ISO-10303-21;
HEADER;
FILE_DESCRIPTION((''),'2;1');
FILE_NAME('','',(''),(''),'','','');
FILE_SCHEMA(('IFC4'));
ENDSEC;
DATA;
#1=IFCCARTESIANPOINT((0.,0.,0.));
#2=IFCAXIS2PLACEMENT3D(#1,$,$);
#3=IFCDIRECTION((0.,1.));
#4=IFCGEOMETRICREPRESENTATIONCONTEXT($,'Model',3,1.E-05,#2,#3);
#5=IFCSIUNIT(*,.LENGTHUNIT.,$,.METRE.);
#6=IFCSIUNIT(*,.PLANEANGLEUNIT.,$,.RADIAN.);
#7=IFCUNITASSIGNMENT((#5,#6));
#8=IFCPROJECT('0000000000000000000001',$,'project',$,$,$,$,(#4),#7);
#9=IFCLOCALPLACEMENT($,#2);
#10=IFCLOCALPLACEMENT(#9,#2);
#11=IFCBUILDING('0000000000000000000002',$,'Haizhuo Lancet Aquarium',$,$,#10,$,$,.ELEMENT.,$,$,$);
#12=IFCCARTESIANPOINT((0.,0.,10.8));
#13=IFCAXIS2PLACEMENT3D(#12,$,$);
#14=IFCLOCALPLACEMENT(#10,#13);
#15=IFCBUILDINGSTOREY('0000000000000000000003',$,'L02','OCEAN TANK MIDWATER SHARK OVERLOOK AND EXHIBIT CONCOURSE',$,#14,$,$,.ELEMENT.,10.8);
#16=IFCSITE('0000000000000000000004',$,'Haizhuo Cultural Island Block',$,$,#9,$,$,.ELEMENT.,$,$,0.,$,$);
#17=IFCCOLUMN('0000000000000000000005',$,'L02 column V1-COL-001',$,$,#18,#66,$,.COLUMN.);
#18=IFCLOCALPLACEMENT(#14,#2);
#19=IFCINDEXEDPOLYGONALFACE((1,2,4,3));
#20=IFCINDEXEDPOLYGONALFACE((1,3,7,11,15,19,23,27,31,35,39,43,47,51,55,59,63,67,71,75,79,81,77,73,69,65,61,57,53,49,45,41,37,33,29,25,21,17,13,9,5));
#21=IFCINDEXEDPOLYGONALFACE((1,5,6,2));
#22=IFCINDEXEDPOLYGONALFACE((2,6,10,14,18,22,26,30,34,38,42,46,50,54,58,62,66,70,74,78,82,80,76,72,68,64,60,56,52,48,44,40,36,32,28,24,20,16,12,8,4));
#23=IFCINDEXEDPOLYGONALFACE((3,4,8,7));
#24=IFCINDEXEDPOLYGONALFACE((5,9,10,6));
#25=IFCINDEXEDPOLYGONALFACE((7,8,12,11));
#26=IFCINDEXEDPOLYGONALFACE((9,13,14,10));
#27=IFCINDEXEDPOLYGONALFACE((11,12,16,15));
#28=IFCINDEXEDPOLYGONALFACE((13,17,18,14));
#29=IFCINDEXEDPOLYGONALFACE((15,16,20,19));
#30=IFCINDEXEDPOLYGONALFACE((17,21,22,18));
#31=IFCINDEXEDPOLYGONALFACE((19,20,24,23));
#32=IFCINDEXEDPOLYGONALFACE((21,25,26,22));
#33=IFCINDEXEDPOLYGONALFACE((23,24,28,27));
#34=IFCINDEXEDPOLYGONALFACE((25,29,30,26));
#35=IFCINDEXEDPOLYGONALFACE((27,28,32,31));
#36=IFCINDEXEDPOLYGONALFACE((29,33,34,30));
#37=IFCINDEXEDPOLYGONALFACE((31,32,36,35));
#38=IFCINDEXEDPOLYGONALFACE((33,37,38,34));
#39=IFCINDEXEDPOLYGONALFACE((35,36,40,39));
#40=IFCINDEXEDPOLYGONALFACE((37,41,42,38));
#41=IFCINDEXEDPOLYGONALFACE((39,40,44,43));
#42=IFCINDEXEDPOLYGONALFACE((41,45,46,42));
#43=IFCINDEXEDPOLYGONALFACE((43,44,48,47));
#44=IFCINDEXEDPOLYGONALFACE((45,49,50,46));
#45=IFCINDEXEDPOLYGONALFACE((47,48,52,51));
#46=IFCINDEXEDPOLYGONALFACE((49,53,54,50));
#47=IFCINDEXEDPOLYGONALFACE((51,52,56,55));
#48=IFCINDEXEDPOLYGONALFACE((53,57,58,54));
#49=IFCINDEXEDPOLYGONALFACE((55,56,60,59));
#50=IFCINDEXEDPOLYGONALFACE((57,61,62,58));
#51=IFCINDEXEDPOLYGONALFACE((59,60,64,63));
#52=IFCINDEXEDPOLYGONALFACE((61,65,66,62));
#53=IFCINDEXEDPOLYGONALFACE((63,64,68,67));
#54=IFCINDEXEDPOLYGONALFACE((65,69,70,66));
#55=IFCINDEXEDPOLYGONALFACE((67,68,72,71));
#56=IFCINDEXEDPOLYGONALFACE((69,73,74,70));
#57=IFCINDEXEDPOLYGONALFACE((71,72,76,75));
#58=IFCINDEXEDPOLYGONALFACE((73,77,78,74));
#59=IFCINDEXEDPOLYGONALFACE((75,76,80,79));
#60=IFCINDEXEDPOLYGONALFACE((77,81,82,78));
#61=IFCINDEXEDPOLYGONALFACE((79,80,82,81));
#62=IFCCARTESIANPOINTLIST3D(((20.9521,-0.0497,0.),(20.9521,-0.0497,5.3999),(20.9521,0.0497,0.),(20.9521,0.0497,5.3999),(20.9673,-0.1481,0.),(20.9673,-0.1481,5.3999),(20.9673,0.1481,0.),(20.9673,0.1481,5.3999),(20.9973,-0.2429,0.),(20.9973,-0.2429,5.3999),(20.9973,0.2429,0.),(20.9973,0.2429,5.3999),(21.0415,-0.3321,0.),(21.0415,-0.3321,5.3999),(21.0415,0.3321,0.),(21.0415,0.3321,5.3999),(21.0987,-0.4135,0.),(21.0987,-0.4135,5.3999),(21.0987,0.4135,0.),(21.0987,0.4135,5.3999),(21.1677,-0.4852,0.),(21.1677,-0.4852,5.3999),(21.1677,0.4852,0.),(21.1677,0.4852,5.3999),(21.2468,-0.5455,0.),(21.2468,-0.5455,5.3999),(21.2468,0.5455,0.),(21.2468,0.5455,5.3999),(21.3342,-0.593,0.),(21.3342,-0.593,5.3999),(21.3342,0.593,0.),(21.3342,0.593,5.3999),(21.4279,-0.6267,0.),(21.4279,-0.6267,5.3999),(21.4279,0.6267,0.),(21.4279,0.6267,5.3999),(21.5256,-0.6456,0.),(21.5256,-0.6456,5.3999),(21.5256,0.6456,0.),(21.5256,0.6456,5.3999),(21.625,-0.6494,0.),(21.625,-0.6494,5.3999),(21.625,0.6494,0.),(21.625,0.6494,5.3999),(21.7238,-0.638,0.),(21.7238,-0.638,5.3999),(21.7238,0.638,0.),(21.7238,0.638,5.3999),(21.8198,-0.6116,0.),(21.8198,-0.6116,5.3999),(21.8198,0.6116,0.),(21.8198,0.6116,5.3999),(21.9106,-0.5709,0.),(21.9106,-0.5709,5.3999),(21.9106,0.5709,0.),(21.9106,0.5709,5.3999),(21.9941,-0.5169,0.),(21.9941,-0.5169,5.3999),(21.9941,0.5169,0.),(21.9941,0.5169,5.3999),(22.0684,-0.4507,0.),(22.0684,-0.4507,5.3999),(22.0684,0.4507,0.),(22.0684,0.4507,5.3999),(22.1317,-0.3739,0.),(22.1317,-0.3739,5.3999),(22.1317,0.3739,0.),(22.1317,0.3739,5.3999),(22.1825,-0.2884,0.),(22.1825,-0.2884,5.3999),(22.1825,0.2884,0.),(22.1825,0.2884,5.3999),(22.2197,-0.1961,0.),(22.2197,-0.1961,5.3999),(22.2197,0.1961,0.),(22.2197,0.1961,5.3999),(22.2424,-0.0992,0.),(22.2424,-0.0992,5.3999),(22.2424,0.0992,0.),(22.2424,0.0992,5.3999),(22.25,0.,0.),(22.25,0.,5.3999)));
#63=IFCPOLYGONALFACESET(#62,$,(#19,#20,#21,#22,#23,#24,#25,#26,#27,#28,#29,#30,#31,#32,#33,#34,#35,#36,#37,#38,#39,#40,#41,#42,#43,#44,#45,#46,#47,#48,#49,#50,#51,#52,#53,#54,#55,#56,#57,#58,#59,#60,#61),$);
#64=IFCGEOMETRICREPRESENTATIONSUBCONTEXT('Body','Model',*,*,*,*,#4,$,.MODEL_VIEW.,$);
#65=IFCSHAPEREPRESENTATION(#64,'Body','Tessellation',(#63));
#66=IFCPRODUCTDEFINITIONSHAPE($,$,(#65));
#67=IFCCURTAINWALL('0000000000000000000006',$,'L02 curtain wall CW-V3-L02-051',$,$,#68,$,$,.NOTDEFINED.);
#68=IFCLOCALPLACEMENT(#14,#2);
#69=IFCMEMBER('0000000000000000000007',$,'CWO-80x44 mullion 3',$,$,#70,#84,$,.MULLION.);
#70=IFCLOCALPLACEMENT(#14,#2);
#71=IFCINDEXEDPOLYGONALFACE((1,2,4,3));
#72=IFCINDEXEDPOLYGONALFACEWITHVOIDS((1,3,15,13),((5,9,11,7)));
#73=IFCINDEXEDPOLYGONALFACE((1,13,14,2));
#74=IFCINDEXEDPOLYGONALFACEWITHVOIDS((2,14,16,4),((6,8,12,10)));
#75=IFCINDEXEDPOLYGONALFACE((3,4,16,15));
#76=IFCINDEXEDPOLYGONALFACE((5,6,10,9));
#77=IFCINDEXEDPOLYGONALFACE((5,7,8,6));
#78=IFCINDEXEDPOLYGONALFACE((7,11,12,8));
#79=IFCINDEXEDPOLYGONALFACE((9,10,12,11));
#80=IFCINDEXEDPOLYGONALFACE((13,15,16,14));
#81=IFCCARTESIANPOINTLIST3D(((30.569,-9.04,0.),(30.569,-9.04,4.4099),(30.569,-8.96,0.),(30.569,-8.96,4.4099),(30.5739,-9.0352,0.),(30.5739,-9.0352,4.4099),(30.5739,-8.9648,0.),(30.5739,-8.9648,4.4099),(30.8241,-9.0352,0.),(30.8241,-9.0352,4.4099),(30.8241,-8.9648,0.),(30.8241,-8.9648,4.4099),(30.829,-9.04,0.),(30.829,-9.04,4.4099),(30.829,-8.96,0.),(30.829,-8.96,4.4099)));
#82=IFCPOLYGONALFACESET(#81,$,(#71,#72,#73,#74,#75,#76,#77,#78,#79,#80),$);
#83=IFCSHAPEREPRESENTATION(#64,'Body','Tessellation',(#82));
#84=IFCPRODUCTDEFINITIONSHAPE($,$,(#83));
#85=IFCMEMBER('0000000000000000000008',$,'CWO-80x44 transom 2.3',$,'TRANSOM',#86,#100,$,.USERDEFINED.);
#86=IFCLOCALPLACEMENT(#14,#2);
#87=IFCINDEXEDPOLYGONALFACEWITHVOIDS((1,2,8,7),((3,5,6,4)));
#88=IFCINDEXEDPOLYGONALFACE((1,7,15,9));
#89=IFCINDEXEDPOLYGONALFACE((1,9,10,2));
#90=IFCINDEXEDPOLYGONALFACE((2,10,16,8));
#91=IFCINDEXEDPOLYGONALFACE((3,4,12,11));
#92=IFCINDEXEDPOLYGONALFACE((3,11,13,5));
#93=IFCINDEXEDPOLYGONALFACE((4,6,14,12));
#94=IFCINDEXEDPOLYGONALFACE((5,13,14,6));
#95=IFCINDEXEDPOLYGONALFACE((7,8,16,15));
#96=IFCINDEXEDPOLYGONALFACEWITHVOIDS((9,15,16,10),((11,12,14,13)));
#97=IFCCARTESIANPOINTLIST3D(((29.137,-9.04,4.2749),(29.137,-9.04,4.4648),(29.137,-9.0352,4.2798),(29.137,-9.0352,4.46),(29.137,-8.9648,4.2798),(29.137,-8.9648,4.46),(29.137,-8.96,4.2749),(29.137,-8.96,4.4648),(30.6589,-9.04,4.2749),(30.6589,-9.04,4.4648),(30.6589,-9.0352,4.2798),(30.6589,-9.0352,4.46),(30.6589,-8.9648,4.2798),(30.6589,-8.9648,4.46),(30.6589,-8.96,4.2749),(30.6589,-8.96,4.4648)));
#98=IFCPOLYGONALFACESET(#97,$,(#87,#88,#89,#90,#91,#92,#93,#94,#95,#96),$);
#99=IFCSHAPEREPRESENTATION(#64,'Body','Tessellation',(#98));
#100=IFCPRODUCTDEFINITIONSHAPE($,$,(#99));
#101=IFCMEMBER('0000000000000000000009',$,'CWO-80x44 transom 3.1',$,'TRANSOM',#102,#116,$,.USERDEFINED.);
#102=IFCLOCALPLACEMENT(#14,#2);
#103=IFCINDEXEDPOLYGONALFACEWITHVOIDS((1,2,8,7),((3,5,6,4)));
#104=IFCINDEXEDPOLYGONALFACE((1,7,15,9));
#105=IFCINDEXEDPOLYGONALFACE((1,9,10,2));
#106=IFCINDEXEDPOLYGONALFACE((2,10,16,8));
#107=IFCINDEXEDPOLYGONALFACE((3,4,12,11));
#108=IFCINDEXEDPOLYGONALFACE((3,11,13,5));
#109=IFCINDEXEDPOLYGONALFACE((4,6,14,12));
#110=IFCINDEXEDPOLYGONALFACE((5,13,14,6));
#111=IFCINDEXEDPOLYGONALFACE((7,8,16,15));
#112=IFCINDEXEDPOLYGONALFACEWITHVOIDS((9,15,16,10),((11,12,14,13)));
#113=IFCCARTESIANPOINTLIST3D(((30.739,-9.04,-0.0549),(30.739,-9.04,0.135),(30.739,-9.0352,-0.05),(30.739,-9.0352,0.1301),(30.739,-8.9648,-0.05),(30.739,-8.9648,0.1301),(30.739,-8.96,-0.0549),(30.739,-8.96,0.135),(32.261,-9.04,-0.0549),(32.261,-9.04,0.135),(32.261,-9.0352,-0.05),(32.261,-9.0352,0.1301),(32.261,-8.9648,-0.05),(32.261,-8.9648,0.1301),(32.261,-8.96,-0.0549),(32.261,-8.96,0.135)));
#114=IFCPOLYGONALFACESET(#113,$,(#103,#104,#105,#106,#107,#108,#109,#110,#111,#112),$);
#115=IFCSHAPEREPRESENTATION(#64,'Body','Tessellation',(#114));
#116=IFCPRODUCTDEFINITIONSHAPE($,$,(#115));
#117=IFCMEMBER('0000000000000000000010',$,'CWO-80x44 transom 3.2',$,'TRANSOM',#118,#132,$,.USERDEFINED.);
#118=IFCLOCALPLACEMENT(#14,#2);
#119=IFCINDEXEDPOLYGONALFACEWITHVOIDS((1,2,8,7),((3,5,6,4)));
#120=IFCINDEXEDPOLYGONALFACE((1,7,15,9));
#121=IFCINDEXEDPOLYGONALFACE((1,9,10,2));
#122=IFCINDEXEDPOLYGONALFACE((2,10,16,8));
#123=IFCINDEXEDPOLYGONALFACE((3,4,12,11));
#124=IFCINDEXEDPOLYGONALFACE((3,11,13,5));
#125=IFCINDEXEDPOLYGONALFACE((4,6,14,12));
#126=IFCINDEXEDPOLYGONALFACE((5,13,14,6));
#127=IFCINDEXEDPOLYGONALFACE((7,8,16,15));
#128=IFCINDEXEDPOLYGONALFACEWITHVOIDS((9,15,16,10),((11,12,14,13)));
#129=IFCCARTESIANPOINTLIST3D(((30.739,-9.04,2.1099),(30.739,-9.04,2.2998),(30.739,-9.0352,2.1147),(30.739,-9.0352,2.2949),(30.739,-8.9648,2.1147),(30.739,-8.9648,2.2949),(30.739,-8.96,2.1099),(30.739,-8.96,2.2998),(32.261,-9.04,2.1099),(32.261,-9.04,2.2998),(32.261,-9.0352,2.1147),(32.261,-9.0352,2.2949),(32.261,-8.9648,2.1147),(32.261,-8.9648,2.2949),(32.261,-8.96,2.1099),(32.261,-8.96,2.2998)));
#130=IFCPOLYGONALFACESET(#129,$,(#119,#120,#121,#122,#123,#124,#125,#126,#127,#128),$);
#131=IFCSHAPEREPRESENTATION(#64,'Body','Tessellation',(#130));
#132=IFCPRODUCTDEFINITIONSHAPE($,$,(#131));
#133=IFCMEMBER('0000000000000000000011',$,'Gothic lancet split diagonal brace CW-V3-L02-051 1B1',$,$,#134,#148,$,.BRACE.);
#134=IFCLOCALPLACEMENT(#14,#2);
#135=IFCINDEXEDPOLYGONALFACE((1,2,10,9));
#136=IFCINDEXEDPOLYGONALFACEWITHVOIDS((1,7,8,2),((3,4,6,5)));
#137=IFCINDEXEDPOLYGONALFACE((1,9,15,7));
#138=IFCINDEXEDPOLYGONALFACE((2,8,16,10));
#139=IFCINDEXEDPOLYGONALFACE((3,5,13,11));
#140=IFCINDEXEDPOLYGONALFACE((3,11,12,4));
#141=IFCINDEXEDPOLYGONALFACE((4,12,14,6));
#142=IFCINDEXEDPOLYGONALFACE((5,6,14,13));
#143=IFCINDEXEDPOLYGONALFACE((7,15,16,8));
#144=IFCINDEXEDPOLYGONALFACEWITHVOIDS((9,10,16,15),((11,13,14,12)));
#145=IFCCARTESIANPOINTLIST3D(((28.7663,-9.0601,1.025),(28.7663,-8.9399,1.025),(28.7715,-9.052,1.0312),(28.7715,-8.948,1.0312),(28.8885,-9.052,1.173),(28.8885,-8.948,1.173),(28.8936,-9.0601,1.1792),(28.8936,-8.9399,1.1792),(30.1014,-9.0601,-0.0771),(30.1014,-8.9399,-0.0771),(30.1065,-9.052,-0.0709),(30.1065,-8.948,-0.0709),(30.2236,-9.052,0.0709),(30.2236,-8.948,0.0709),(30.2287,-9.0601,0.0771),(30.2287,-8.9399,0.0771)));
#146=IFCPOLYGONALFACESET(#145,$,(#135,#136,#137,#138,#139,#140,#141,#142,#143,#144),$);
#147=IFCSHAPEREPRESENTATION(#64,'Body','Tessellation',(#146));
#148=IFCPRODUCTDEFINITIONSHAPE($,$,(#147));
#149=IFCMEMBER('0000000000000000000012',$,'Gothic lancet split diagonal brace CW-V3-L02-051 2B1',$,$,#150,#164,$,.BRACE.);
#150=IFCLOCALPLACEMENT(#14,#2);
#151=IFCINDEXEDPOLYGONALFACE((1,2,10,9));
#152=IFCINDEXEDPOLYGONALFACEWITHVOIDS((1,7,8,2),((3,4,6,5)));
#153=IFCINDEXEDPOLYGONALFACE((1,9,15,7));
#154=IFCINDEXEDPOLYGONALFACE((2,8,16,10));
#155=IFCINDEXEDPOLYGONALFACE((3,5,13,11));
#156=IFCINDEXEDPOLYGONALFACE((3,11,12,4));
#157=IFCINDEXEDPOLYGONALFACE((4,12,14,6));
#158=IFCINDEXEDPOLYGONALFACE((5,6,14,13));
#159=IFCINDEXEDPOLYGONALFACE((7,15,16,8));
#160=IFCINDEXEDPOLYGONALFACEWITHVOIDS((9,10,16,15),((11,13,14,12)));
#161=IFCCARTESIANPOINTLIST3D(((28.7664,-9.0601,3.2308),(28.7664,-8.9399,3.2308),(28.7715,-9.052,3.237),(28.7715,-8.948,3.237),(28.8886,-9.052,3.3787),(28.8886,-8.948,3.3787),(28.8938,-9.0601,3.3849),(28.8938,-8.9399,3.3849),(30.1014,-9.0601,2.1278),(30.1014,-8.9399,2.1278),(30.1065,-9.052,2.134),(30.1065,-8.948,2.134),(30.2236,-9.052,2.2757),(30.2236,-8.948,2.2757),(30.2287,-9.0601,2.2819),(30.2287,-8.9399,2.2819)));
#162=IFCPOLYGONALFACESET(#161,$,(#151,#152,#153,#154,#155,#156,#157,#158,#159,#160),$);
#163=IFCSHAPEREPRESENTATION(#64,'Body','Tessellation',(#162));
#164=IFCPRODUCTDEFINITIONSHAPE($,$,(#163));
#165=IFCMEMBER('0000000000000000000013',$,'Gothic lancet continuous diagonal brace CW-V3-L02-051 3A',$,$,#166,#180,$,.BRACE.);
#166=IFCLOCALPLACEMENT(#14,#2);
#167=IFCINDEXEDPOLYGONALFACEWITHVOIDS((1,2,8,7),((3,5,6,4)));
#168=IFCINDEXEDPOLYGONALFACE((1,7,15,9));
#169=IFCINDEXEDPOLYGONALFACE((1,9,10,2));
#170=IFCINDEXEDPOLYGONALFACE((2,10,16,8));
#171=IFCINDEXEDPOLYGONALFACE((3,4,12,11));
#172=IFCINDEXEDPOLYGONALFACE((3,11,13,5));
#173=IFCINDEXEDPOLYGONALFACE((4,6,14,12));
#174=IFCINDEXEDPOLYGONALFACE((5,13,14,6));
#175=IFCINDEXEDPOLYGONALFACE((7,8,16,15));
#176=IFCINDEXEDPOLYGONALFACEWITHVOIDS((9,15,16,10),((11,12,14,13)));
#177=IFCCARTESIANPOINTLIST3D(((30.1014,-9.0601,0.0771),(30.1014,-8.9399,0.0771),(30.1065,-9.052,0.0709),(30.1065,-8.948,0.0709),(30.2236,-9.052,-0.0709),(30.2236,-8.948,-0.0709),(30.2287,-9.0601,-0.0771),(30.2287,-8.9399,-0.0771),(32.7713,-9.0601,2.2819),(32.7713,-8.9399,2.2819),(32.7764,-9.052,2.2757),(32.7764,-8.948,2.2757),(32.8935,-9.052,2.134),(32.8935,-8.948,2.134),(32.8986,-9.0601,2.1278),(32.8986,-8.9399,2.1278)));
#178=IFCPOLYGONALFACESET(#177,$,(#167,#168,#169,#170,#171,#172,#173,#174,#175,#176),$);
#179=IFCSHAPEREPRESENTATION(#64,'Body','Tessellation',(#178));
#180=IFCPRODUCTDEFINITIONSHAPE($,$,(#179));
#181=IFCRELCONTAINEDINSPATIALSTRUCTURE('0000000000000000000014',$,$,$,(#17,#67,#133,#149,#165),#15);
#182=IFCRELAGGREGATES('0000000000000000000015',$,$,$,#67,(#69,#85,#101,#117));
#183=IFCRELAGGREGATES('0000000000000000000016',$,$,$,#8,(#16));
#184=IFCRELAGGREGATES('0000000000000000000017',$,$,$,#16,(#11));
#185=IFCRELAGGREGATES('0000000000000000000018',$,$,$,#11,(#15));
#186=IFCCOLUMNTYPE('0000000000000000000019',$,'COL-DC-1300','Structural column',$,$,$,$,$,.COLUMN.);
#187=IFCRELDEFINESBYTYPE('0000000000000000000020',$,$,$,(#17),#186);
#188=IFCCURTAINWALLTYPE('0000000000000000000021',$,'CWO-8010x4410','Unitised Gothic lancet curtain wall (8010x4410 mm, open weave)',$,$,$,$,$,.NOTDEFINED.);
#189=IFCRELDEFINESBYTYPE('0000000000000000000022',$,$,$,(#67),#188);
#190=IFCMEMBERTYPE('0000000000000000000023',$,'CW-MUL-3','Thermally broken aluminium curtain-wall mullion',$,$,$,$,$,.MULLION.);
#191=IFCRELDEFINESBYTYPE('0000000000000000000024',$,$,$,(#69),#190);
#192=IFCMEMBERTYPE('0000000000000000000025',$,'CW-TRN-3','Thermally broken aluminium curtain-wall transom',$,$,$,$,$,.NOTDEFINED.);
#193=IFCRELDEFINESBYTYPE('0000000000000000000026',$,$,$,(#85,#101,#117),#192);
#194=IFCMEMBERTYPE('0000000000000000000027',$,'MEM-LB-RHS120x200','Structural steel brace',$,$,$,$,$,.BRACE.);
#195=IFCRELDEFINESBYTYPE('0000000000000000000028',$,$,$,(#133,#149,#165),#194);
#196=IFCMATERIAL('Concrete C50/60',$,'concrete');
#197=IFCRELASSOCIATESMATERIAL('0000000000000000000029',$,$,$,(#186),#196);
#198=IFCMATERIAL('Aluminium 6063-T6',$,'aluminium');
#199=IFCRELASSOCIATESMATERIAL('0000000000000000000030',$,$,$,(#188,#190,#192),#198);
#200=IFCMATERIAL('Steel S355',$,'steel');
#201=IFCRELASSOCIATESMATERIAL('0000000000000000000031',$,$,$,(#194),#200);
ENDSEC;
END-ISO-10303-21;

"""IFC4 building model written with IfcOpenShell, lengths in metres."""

from ifc_helpers import new_model, si_unit, direction, frame, origin, origin_2d, place, context, subcontext, project, spatial, hollow_rectangle, circle, extrude, material, material_profile, profile_set, type_object, element, aggregate, save


model = new_model("IFC4")

# Units and contexts
model_context = context("Model", 3, precision=1e-05, world=origin(), true_north=direction((0.0, 1.0)))
body_context = subcontext(model_context, "Body", "Model", "MODEL_VIEW")
ifc_project = project(units=[si_unit("LENGTHUNIT", "METRE"), si_unit("PLANEANGLEUNIT", "RADIAN")], contexts=[model_context])

# Site, building, storey
site_placement = place(None, origin())
site = spatial("IfcSite", under=ifc_project, at=site_placement, Name="Haizhuo Cultural Island Block", CompositionType="ELEMENT", RefElevation=0.0)
building_placement = place(site_placement, origin())
building = spatial("IfcBuilding", under=site, at=building_placement, Name="Haizhuo Lancet Aquarium", CompositionType="ELEMENT")
storey_placement = place(building_placement, frame((0.0, 0.0, 10.8)))
storey = spatial("IfcBuildingStorey", under=building, at=storey_placement, Name="L02", Description="OCEAN TANK MIDWATER SHARK OVERLOOK AND EXHIBIT CONCOURSE", CompositionType="ELEMENT", Elevation=10.8)

# Column
ifc_material_1 = material(Name="Concrete C50/60", Category="concrete")
ifc_material_profile_1 = material_profile(ifc_material_1, circle(Radius=0.6499, at=origin_2d()), Name="RC-DC 1300")
ifc_profile_set_1 = profile_set([ifc_material_profile_1], Name="Concrete C50/60")
column_type = type_object("IfcColumnType", Name="COL-DC-1300", Description="Structural column", PredefinedType="COLUMN", material=ifc_profile_set_1)
column_placement = place(storey_placement, frame((21.6001, 0.0, 0.0), z_axis=(0.0, 0.0, 1.0), x_axis=(1.0, 0.0, 0.0)))
element("IfcColumn", 1, at=column_placement, inside=storey, type_object=column_type, Name="L02 column V1-COL-001", PredefinedType="COLUMN", context=body_context, shape_type="SweptSolid", body=[
    extrude(circle(Radius=0.6499, at=origin_2d()), origin(), (0.0, 0.0, 1.0), 5.3999),
])

# Curtain wall, members
ifc_material_2 = material(Name="Aluminium 6063-T6", Category="aluminium")
curtain_wall_type = type_object("IfcCurtainWallType", Name="CWO-8010x4410", Description="Unitised Gothic lancet curtain wall (8010x4410 mm, open weave)", PredefinedType="NOTDEFINED", material=ifc_material_2)
curtain_wall_placement = place(storey_placement, origin())
curtain_wall = element("IfcCurtainWall", 2, at=curtain_wall_placement, inside=storey, type_object=curtain_wall_type, Name="L02 curtain wall CW-V3-L02-051", PredefinedType="NOTDEFINED")
ifc_material_profile_2 = material_profile(ifc_material_2, hollow_rectangle(XDim=0.0801, YDim=0.26, WallThickness=0.0049, at=origin_2d()), Name="ALU-M 80x260x5")
ifc_profile_set_2 = profile_set([ifc_material_profile_2], Name="Aluminium 6063-T6")
member_type_1 = type_object("IfcMemberType", Name="CW-MUL-3", Description="Thermally broken aluminium curtain-wall mullion", PredefinedType="MULLION", material=ifc_profile_set_2)
member_1_placement = place(storey_placement, frame((30.699, -9.0, 0.0), z_axis=(0.0, 0.0, 1.0), x_axis=(0.0, 1.0, 0.0)))
member_1 = element("IfcMember", 3, at=member_1_placement, type_object=member_type_1, Name="CWO-80x44 mullion 3", PredefinedType="MULLION", context=body_context, shape_type="SweptSolid", body=[
    extrude(hollow_rectangle(XDim=0.0801, YDim=0.26, WallThickness=0.0049, at=origin_2d()), origin(), (0.0, 0.0, 1.0), 4.4099),
])
ifc_material_profile_3 = material_profile(ifc_material_2, hollow_rectangle(XDim=0.0801, YDim=0.1899, WallThickness=0.0049, at=origin_2d()), Name="ALU-T 80x190x5")
ifc_profile_set_3 = profile_set([ifc_material_profile_3], Name="Aluminium 6063-T6")
member_type_2 = type_object("IfcMemberType", Name="CW-TRN-3", Description="Thermally broken aluminium curtain-wall transom", PredefinedType="NOTDEFINED", material=ifc_profile_set_3)
member_2_placement = place(storey_placement, frame((29.137, -9.0, 4.3699), z_axis=(1.0, 0.0, 0.0), x_axis=(0.0, 1.0, 0.0)))
member_2 = element("IfcMember", 4, at=member_2_placement, type_object=member_type_2, Name="CWO-80x44 transom 2.3", ObjectType="TRANSOM", PredefinedType="USERDEFINED", context=body_context, shape_type="SweptSolid", body=[
    extrude(hollow_rectangle(XDim=0.0801, YDim=0.1899, WallThickness=0.0049, at=origin_2d()), origin(), (0.0, 0.0, 1.0), 1.522),
])
member_3_placement = place(storey_placement, frame((30.739, -9.0, 0.04), z_axis=(1.0, 0.0, 0.0), x_axis=(0.0, 1.0, 0.0)))
member_3 = element("IfcMember", 5, at=member_3_placement, type_object=member_type_2, Name="CWO-80x44 transom 3.1", ObjectType="TRANSOM", PredefinedType="USERDEFINED", context=body_context, shape_type="SweptSolid", body=[
    extrude(hollow_rectangle(XDim=0.0801, YDim=0.1899, WallThickness=0.0049, at=origin_2d()), origin(), (0.0, 0.0, 1.0), 1.522),
])
member_4_placement = place(storey_placement, frame((30.739, -9.0, 2.2048), z_axis=(1.0, 0.0, 0.0), x_axis=(0.0, 1.0, 0.0)))
member_4 = element("IfcMember", 6, at=member_4_placement, type_object=member_type_2, Name="CWO-80x44 transom 3.2", ObjectType="TRANSOM", PredefinedType="USERDEFINED", context=body_context, shape_type="SweptSolid", body=[
    extrude(hollow_rectangle(XDim=0.0801, YDim=0.1899, WallThickness=0.0049, at=origin_2d()), origin(), (0.0, 0.0, 1.0), 1.522),
])

# Members
ifc_material_3 = material(Name="Steel S355", Category="steel")
ifc_material_profile_4 = material_profile(ifc_material_3, hollow_rectangle(XDim=0.1201, YDim=0.2, WallThickness=0.0081, at=origin_2d()), Name="RHS 120x200x8")
ifc_profile_set_4 = profile_set([ifc_material_profile_4], Name="Steel S355")
member_type_3 = type_object("IfcMemberType", Name="MEM-LB-RHS120x200", Description="Structural steel brace", PredefinedType="BRACE", material=ifc_profile_set_4)
member_5_placement = place(storey_placement, frame((30.165, -9.0, 0.0), z_axis=(-0.771172, 0.0, 0.636626), x_axis=(0.0, -1.0, 0.0)))
element("IfcMember", 7, at=member_5_placement, inside=storey, type_object=member_type_3, Name="Gothic lancet split diagonal brace CW-V3-L02-051 1B1", PredefinedType="BRACE", context=body_context, shape_type="SweptSolid", body=[
    extrude(hollow_rectangle(XDim=0.1201, YDim=0.2, WallThickness=0.0081, at=origin_2d()), origin(), (0.0, 0.0, 1.0), 1.7312),
])
member_6_placement = place(storey_placement, frame((30.165, -9.0, 2.2048), z_axis=(-0.770896, 0.0, 0.636962), x_axis=(0.0, -1.0, 0.0)))
element("IfcMember", 8, at=member_6_placement, inside=storey, type_object=member_type_3, Name="Gothic lancet split diagonal brace CW-V3-L02-051 2B1", PredefinedType="BRACE", context=body_context, shape_type="SweptSolid", body=[
    extrude(hollow_rectangle(XDim=0.1201, YDim=0.2, WallThickness=0.0081, at=origin_2d()), origin(), (0.0, 0.0, 1.0), 1.7317),
])
member_7_placement = place(storey_placement, frame((30.165, -9.0, 0.0), z_axis=(0.771069, 0.0, 0.636752), x_axis=(0.0, 1.0, 0.0)))
element("IfcMember", 9, at=member_7_placement, inside=storey, type_object=member_type_3, Name="Gothic lancet continuous diagonal brace CW-V3-L02-051 3A", PredefinedType="BRACE", context=body_context, shape_type="SweptSolid", body=[
    extrude(hollow_rectangle(XDim=0.1201, YDim=0.2, WallThickness=0.0081, at=origin_2d()), origin(), (0.0, 0.0, 1.0), 3.4626),
])

aggregate(curtain_wall, [member_1, member_2, member_3, member_4])

save(model, "model.ifc")
